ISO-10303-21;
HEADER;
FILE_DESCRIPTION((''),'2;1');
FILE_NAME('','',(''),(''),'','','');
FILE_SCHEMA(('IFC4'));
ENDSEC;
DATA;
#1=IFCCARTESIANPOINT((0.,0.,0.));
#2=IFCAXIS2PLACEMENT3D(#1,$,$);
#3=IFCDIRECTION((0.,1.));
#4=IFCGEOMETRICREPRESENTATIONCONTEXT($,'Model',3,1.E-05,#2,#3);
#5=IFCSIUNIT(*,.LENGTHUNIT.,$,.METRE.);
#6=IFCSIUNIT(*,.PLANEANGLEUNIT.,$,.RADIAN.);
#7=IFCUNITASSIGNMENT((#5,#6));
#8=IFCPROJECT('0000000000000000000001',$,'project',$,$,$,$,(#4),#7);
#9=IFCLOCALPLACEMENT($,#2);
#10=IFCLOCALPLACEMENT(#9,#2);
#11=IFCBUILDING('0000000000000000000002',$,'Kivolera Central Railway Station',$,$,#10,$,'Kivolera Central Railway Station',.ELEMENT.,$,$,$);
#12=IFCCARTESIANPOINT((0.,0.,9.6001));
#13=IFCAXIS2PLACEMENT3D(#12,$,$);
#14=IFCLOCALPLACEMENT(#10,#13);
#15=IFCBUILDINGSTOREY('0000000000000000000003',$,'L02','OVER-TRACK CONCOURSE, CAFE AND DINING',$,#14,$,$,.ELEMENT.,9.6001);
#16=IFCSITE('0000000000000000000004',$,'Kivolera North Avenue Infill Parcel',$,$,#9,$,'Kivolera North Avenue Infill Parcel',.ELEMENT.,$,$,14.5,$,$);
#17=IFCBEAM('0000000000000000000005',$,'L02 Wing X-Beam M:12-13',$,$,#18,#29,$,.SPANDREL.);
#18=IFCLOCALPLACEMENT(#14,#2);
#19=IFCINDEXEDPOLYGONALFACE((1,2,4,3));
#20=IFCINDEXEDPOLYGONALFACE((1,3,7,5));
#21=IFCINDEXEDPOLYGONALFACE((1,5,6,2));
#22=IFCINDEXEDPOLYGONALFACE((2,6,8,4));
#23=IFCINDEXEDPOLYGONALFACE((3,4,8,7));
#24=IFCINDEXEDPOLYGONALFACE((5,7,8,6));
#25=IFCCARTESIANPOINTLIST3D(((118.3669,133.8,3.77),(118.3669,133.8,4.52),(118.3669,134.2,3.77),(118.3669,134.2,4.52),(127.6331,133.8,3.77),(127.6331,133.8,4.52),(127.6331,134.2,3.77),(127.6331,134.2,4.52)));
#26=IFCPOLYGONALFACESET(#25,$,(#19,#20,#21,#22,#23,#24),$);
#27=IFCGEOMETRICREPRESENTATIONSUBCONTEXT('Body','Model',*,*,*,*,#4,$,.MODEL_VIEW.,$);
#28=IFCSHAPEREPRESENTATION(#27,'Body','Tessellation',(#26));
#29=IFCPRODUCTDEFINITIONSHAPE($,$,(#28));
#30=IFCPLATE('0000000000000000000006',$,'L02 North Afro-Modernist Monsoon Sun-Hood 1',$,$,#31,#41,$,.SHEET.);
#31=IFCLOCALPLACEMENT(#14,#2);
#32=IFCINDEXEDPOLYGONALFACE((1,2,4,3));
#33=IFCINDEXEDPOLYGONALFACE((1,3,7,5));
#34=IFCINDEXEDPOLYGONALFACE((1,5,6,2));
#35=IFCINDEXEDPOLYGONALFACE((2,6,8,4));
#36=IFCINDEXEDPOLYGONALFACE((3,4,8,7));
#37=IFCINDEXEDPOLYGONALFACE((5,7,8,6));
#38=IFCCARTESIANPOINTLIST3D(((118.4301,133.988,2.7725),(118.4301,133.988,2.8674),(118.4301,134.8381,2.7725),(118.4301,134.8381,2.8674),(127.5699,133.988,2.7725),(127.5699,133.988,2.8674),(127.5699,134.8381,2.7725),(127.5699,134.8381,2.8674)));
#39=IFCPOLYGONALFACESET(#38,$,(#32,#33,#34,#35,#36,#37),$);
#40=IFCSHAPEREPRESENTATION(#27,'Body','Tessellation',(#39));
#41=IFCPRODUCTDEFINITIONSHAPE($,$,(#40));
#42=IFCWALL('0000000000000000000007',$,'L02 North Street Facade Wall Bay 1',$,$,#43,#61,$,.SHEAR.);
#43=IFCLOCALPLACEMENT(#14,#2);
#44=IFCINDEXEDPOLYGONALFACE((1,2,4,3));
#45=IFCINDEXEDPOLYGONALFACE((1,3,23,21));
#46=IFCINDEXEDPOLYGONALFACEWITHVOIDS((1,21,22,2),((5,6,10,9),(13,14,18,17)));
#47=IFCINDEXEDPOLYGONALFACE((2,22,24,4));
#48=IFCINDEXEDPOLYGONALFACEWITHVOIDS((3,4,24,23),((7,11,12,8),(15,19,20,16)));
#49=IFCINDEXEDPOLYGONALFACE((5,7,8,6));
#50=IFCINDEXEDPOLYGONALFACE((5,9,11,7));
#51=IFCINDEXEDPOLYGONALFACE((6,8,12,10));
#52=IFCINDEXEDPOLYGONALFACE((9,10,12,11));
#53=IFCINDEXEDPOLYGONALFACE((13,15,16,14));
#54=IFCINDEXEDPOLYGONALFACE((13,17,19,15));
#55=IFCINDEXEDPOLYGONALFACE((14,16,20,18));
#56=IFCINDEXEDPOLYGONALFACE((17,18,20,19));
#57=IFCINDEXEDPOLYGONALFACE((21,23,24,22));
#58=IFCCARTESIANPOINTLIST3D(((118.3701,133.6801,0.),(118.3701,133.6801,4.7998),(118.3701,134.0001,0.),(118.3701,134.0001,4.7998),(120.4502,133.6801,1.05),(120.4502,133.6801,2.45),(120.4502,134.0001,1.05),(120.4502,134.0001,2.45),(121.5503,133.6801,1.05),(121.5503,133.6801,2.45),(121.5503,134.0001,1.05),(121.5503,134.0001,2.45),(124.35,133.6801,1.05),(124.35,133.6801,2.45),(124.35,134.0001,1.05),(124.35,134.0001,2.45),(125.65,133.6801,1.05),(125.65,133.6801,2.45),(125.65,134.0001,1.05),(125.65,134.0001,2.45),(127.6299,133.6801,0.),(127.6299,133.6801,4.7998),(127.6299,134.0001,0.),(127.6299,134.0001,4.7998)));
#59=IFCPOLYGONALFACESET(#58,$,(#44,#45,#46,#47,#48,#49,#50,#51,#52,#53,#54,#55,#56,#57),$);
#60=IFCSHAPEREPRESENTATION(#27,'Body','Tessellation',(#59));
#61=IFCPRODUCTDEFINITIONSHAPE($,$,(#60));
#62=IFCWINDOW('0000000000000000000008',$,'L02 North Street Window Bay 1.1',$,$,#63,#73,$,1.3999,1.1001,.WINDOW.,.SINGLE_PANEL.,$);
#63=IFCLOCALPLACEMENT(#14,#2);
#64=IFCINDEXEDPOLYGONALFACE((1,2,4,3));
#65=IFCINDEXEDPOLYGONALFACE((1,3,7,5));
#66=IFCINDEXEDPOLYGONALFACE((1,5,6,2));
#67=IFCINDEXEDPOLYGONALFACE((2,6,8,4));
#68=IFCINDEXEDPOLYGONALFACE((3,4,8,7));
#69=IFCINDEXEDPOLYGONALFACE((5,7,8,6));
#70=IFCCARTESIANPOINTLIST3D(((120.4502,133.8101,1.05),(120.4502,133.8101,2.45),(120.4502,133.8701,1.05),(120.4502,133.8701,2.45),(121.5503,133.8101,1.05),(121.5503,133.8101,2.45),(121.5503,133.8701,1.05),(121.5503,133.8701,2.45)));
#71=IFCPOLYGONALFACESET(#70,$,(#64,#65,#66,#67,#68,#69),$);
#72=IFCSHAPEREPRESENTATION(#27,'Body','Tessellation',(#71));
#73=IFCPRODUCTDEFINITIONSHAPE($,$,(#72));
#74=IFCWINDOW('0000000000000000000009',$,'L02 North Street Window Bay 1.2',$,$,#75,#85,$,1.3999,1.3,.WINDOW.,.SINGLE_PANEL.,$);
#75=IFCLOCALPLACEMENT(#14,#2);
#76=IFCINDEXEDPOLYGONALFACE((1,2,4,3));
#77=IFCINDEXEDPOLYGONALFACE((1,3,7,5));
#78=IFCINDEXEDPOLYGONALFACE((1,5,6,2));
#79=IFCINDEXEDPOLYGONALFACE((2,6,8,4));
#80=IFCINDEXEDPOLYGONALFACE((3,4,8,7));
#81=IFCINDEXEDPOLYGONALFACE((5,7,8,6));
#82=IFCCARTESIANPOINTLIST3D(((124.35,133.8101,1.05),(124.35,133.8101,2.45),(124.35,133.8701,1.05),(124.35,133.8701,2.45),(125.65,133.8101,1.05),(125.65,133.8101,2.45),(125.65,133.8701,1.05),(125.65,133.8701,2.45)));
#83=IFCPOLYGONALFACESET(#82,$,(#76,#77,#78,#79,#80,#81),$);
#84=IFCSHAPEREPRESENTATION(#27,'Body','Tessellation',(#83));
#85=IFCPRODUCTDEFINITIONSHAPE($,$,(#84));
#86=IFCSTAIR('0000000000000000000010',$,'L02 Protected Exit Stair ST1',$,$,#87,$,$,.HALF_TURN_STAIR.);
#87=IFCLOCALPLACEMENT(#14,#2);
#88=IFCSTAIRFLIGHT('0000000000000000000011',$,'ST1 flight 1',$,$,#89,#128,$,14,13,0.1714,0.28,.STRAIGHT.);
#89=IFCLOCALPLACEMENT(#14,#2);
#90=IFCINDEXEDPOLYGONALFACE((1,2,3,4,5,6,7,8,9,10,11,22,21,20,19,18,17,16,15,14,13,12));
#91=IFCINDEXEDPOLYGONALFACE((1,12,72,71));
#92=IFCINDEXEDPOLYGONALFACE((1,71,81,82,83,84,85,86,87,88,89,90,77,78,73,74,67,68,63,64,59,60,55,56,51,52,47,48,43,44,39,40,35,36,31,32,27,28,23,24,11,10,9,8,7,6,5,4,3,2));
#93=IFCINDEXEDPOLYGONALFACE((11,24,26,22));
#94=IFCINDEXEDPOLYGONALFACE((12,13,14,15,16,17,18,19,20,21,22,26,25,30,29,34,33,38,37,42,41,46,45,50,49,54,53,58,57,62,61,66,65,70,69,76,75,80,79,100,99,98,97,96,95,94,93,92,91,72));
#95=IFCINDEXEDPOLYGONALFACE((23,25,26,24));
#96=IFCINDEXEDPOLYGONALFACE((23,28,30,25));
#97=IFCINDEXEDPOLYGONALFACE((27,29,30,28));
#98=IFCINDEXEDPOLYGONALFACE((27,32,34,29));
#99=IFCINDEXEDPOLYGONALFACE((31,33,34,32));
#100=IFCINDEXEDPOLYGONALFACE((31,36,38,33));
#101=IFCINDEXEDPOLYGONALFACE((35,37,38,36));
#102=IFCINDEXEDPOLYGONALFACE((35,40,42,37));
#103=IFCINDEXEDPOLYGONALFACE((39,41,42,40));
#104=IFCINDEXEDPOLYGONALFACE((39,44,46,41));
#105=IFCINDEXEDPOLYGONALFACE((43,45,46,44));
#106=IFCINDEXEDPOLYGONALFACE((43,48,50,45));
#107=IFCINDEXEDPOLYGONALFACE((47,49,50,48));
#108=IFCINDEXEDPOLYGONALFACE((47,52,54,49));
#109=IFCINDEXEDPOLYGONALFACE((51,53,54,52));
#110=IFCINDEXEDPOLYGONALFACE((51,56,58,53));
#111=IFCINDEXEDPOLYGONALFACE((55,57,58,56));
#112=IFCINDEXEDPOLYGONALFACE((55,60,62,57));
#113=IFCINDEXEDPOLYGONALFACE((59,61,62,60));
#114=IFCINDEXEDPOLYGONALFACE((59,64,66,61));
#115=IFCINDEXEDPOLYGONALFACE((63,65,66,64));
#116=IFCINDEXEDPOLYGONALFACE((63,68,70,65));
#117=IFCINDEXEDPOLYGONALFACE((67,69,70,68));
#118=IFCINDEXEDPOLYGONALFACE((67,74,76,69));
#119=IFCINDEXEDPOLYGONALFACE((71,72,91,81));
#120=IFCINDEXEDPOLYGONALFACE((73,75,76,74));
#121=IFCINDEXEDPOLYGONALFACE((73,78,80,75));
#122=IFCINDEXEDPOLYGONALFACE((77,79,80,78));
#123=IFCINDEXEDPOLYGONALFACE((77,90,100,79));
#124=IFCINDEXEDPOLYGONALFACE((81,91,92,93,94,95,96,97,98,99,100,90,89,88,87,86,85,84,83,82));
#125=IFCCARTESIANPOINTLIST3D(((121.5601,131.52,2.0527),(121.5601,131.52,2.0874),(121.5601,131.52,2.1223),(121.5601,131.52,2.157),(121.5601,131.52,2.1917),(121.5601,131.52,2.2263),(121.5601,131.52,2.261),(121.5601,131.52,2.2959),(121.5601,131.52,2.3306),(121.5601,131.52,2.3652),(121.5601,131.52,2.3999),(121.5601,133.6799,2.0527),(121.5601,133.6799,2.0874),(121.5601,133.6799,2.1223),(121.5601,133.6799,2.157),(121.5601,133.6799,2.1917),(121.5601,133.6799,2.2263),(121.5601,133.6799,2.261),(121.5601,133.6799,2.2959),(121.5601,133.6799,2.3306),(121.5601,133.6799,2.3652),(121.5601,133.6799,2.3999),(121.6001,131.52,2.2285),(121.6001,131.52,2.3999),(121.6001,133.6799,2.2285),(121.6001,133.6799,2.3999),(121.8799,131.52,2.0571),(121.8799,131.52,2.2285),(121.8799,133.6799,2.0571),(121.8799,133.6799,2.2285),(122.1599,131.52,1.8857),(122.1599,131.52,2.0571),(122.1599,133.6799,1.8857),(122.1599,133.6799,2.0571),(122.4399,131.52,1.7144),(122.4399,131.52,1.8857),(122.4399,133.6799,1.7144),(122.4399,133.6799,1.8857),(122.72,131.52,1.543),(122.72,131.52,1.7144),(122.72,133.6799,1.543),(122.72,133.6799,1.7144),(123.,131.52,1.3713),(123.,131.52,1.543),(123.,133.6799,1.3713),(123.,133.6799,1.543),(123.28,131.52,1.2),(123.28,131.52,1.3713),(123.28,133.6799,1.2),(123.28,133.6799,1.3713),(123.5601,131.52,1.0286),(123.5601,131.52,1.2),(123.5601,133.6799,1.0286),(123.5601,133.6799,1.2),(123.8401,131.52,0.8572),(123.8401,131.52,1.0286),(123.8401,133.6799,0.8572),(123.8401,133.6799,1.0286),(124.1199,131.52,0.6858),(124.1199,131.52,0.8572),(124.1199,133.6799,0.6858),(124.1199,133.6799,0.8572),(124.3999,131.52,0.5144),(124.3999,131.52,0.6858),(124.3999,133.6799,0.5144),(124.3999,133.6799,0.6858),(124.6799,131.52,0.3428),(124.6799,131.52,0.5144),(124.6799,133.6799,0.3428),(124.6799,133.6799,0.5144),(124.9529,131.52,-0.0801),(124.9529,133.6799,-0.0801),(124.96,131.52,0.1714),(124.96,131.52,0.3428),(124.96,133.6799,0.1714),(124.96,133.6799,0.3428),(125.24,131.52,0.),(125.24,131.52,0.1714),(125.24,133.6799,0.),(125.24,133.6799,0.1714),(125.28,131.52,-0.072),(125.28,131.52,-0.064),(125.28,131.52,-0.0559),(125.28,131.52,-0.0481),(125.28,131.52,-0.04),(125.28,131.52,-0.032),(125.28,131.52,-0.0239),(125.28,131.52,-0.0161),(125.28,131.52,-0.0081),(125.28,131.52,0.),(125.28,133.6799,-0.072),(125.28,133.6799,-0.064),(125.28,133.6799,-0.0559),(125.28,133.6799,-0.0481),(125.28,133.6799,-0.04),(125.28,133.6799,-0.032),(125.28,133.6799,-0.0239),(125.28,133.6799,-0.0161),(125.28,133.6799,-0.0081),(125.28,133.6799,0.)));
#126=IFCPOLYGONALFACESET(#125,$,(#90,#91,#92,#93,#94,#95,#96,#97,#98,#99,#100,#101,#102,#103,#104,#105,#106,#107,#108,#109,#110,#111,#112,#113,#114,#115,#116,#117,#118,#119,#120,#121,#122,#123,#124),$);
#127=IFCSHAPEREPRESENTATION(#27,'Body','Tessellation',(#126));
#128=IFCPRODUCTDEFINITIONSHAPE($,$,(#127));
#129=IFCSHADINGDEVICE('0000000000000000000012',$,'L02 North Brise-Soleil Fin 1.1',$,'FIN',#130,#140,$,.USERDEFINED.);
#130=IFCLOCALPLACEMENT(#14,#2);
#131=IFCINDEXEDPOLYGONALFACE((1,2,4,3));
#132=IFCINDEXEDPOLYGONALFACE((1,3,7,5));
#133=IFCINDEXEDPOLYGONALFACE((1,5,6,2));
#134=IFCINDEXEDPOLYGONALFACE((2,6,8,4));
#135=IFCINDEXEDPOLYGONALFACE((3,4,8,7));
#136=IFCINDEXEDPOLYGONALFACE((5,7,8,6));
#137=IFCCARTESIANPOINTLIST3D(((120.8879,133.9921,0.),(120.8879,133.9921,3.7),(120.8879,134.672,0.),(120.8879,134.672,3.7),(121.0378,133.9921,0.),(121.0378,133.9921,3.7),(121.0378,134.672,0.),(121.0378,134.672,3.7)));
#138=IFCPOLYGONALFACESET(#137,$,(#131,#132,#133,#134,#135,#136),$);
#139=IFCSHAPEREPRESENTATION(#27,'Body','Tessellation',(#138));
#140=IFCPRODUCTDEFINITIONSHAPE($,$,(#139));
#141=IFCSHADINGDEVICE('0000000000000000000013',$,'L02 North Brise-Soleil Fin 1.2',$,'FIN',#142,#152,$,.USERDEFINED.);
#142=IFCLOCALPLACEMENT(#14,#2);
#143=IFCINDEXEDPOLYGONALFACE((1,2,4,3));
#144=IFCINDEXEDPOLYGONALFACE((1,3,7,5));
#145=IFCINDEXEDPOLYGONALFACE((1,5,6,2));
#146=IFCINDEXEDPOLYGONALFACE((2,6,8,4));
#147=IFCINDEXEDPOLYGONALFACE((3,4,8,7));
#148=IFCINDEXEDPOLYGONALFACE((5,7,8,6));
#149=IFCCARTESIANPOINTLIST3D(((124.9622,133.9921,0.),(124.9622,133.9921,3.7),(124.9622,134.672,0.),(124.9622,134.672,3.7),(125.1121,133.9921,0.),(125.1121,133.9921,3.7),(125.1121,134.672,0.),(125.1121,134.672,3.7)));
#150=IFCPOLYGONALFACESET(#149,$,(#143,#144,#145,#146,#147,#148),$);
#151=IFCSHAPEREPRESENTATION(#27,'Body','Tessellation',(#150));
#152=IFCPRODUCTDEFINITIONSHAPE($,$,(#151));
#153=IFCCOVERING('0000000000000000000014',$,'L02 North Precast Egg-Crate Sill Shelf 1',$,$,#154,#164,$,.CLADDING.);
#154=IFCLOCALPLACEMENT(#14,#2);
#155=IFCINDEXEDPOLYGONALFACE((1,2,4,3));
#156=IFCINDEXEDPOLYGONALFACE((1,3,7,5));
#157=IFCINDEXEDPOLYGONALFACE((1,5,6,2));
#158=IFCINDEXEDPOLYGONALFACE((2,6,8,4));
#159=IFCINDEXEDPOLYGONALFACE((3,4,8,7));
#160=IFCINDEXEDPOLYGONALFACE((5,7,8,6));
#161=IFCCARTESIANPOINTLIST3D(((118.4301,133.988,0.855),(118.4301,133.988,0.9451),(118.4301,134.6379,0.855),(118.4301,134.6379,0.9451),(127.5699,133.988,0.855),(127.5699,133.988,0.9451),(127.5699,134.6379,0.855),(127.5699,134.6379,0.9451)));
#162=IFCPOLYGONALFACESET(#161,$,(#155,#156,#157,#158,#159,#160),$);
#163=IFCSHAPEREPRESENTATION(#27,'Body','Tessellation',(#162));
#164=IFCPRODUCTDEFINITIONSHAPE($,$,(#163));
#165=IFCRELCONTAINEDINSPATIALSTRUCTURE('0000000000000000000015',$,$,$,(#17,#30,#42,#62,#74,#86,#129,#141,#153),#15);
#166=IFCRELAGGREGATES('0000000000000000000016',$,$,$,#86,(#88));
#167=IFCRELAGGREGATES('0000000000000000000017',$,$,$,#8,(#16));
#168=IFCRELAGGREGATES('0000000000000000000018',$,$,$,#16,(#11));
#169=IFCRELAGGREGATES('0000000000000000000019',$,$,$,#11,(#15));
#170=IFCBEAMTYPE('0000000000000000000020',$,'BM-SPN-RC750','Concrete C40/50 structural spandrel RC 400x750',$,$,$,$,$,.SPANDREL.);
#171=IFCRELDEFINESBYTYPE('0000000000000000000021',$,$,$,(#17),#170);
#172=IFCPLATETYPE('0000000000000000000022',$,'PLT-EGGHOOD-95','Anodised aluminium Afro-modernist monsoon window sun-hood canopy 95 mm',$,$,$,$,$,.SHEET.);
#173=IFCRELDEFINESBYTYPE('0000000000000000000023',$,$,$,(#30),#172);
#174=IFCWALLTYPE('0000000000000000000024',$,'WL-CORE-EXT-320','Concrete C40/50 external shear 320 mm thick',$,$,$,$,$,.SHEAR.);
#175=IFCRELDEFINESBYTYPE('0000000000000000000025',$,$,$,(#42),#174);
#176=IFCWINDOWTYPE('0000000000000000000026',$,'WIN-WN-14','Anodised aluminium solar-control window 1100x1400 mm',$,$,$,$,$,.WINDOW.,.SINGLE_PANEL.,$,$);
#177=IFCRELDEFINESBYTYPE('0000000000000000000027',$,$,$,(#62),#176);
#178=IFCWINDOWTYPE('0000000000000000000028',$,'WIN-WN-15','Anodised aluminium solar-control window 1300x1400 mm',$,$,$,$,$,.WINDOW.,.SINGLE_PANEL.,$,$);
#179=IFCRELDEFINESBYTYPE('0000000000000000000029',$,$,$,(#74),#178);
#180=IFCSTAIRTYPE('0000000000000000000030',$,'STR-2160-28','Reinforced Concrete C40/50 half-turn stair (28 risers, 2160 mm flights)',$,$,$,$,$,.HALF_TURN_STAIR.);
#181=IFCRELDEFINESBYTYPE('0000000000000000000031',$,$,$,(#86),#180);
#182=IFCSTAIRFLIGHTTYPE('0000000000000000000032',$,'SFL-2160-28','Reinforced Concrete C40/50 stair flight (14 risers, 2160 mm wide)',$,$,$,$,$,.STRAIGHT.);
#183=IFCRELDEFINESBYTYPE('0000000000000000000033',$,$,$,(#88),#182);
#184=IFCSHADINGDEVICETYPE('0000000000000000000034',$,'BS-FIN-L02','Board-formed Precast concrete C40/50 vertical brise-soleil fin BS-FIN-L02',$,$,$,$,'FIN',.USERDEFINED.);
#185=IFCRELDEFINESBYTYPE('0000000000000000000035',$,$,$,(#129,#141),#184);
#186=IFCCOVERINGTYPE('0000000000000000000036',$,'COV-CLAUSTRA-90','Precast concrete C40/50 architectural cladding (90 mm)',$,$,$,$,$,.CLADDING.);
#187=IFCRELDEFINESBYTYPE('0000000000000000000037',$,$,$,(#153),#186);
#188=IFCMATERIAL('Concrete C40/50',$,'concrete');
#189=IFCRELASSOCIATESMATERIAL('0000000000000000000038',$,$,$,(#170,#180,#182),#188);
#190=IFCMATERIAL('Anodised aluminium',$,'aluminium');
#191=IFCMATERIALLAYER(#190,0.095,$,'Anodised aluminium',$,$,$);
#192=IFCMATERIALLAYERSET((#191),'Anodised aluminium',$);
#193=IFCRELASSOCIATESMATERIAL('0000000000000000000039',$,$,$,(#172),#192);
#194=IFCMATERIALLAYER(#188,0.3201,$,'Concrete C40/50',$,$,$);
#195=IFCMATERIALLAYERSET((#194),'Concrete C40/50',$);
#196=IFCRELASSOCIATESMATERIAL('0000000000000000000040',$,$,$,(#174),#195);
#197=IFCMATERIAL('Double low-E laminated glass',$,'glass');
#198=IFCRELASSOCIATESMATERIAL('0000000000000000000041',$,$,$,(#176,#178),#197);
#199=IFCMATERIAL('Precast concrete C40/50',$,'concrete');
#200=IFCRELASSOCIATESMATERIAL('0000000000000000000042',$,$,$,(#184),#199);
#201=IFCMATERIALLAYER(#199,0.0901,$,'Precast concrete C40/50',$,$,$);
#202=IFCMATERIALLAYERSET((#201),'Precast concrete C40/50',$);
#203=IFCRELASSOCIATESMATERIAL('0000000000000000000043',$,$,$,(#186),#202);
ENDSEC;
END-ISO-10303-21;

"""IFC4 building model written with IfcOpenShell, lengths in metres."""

from ifc_helpers import new_model, si_unit, direction, frame, frame_2d, origin, origin_2d, place, context, subcontext, project, spatial, polyline, rectangle, outline, extrude, material, layer, layer_set, material_profile, profile_set, type_object, element, fill, aggregate, save


model = new_model("IFC4")

# Units and contexts
model_context = context("Model", 3, precision=1e-05, world=origin(), true_north=direction((0.0, 1.0)))
body_context = subcontext(model_context, "Body", "Model", "MODEL_VIEW")
ifc_project = project(units=[si_unit("LENGTHUNIT", "METRE"), si_unit("PLANEANGLEUNIT", "RADIAN")], contexts=[model_context])

# Site, building, storey
site_placement = place(None, origin())
site = spatial("IfcSite", under=ifc_project, at=site_placement, Name="Kivolera North Avenue Infill Parcel", LongName="Kivolera North Avenue Infill Parcel", CompositionType="ELEMENT", RefElevation=14.5)
building_placement = place(site_placement, origin())
building = spatial("IfcBuilding", under=site, at=building_placement, Name="Kivolera Central Railway Station", LongName="Kivolera Central Railway Station", CompositionType="ELEMENT")
storey_placement = place(building_placement, frame((0.0, 0.0, 9.6001)))
storey = spatial("IfcBuildingStorey", under=building, at=storey_placement, Name="L02", Description="OVER-TRACK CONCOURSE, CAFE AND DINING", CompositionType="ELEMENT", Elevation=9.6001)

# Beam
ifc_material_1 = material(Name="Concrete C40/50", Category="concrete")
ifc_material_profile = material_profile(ifc_material_1, rectangle(XDim=0.3999, YDim=0.75, at=origin_2d()), Name="RC 400x750")
ifc_profile_set = profile_set([ifc_material_profile], Name="Concrete C40/50")
beam_type = type_object("IfcBeamType", Name="BM-SPN-RC750", Description="Concrete C40/50 structural spandrel RC 400x750", PredefinedType="SPANDREL", material=ifc_profile_set)
beam_placement = place(storey_placement, frame((118.3669, 134.0, 4.145), z_axis=(1.0, 0.0, 0.0), x_axis=(0.0, 1.0, 0.0)))
element("IfcBeam", 1, at=beam_placement, inside=storey, type_object=beam_type, Name="L02 Wing X-Beam M:12-13", PredefinedType="SPANDREL", context=body_context, shape_type="SweptSolid", body=[
    extrude(rectangle(XDim=0.3999, YDim=0.75, at=origin_2d()), origin(), (0.0, 0.0, 1.0), 9.2661),
])

# Plate
ifc_material_2 = material(Name="Anodised aluminium", Category="aluminium")
ifc_layer_1 = layer(ifc_material_2, 0.095, Name="Anodised aluminium")
ifc_layer_set_1 = layer_set([ifc_layer_1], Name="Anodised aluminium")
plate_type = type_object("IfcPlateType", Name="PLT-EGGHOOD-95", Description="Anodised aluminium Afro-modernist monsoon window sun-hood canopy 95 mm", PredefinedType="SHEET", material=ifc_layer_set_1)
plate_placement = place(storey_placement, frame((123.0, 134.4131, 2.7725), z_axis=(0.0, 0.0, 1.0), x_axis=(1.0, 0.0, 0.0)))
element("IfcPlate", 2, at=plate_placement, inside=storey, type_object=plate_type, Name="L02 North Afro-Modernist Monsoon Sun-Hood 1", PredefinedType="SHEET", context=body_context, shape_type="SweptSolid", body=[
    extrude(rectangle(XDim=9.1399, YDim=0.8501, at=origin_2d()), origin(), (0.0, 0.0, 1.0), 0.095),
])

# Wall, openings, windows
ifc_layer_2 = layer(ifc_material_1, 0.3201, Name="Concrete C40/50")
ifc_layer_set_2 = layer_set([ifc_layer_2], Name="Concrete C40/50")
wall_type_1 = type_object("IfcWallType", Name="WL-CORE-EXT-320", Description="Concrete C40/50 external shear 320 mm thick", PredefinedType="SHEAR", material=ifc_layer_set_2)
wall_1_placement = place(storey_placement, frame((118.3701, 133.8401, 0.0), z_axis=(0.0, 0.0, 1.0), x_axis=(1.0, 0.0, 0.0)))
wall_1 = element("IfcWall", 3, at=wall_1_placement, inside=storey, type_object=wall_type_1, Name="L02 North Street Facade Wall Bay 1", PredefinedType="SHEAR", context=body_context, shape_type="SweptSolid", body=[
    extrude(rectangle(XDim=9.2598, YDim=0.3201, at=frame_2d((4.6299, 0.0))), origin(), (0.0, 0.0, 1.0), 4.7998),
])
opening_1_placement = place(wall_1_placement, frame((2.0801, 0.0, 1.05)))
opening_1 = element("IfcOpeningElement", 4, at=opening_1_placement, cuts=wall_1, PredefinedType="OPENING", context=body_context, shape_type="SweptSolid", body=[
    extrude(rectangle(XDim=1.1001, YDim=1.3999, at=frame_2d((0.55, 0.7))), frame((0.0, 0.1699, 0.0), z_axis=(0.0, -1.0, 0.0), x_axis=(1.0, 0.0, 0.0)), (0.0, 0.0, 1.0), 0.3401),
])
opening_2_placement = place(wall_1_placement, frame((5.98, 0.0, 1.05)))
opening_2 = element("IfcOpeningElement", 5, at=opening_2_placement, cuts=wall_1, PredefinedType="OPENING", context=body_context, shape_type="SweptSolid", body=[
    extrude(rectangle(XDim=1.3, YDim=1.3999, at=frame_2d((0.6499, 0.7))), frame((0.0, 0.1699, 0.0), z_axis=(0.0, -1.0, 0.0), x_axis=(1.0, 0.0, 0.0)), (0.0, 0.0, 1.0), 0.3401),
])
ifc_material_3 = material(Name="Double low-E laminated glass", Category="glass")
window_type_1 = type_object("IfcWindowType", Name="WIN-WN-14", Description="Anodised aluminium solar-control window 1100x1400 mm", PartitioningType="SINGLE_PANEL", PredefinedType="WINDOW", material=ifc_material_3)
window_1_placement = place(opening_1_placement, origin())
window_1 = element("IfcWindow", 6, at=window_1_placement, inside=storey, type_object=window_type_1, Name="L02 North Street Window Bay 1.1", OverallHeight=1.3999, OverallWidth=1.1001, PartitioningType="SINGLE_PANEL", PredefinedType="WINDOW", context=body_context, shape_type="SweptSolid", body=[
    extrude(rectangle(XDim=1.1001, YDim=1.3999, at=frame_2d((0.55, 0.7))), frame((0.0, 0.03, 0.0), z_axis=(0.0, -1.0, 0.0), x_axis=(1.0, 0.0, 0.0)), (0.0, 0.0, 1.0), 0.0601),
])
fill(opening_1, window_1)
window_type_2 = type_object("IfcWindowType", Name="WIN-WN-15", Description="Anodised aluminium solar-control window 1300x1400 mm", PartitioningType="SINGLE_PANEL", PredefinedType="WINDOW", material=ifc_material_3)
window_2_placement = place(opening_2_placement, origin())
window_2 = element("IfcWindow", 7, at=window_2_placement, inside=storey, type_object=window_type_2, Name="L02 North Street Window Bay 1.2", OverallHeight=1.3999, OverallWidth=1.3, PartitioningType="SINGLE_PANEL", PredefinedType="WINDOW", context=body_context, shape_type="SweptSolid", body=[
    extrude(rectangle(XDim=1.3, YDim=1.3999, at=frame_2d((0.6499, 0.7))), frame((0.0, 0.03, 0.0), z_axis=(0.0, -1.0, 0.0), x_axis=(1.0, 0.0, 0.0)), (0.0, 0.0, 1.0), 0.0601),
])
fill(opening_2, window_2)

# Stair, stair flight
stair_type = type_object("IfcStairType", Name="STR-2160-28", Description="Reinforced Concrete C40/50 half-turn stair (28 risers, 2160 mm flights)", PredefinedType="HALF_TURN_STAIR", material=ifc_material_1)
stair_placement = place(storey_placement, origin())
stair = element("IfcStair", 8, at=stair_placement, inside=storey, type_object=stair_type, Name="L02 Protected Exit Stair ST1", PredefinedType="HALF_TURN_STAIR")
stair_flight_type = type_object("IfcStairFlightType", Name="SFL-2160-28", Description="Reinforced Concrete C40/50 stair flight (14 risers, 2160 mm wide)", PredefinedType="STRAIGHT", material=ifc_material_1)
stair_flight_placement = place(storey_placement, frame((125.24, 132.6001, 0.0), z_axis=(0.0, 0.0, 1.0), x_axis=(-1.0, 0.0, 0.0)))
stair_flight = element("IfcStairFlight", 9, at=stair_flight_placement, type_object=stair_flight_type, Name="ST1 flight 1", NumberOfRisers=14, NumberOfTreads=13, PredefinedType="STRAIGHT", RiserHeight=0.1714, TreadLength=0.28, context=body_context, shape_type="SweptSolid", body=[
    extrude(outline(polyline([(-0.04, 0.0), (0.0, 0.0), (0.0, 0.1714), (0.28, 0.1714), (0.28, 0.3428), (0.5601, 0.3428), (0.5601, 0.5144), (0.8401, 0.5144), (0.8401, 0.6858), (1.1201, 0.6858), (1.1201, 0.8572), (1.3999, 0.8572), (1.3999, 1.0286), (1.6799, 1.0286), (1.6799, 1.2), (1.96, 1.2), (1.96, 1.3713), (2.24, 1.3713), (2.24, 1.543), (2.52, 1.543), (2.52, 1.7144), (2.8, 1.7144), (2.8, 1.8857), (3.0801, 1.8857), (3.0801, 2.0571), (3.3601, 2.0571), (3.3601, 2.2285), (3.6399, 2.2285), (3.6399, 2.3999), (3.6799, 2.3999), (3.6799, 2.3652), (3.6799, 2.3306), (3.6799, 2.2959), (3.6799, 2.261), (3.6799, 2.2263), (3.6799, 2.1917), (3.6799, 2.157), (3.6799, 2.1223), (3.6799, 2.0874), (3.6799, 2.0527), (0.2871, -0.0801), (-0.04, -0.072), (-0.04, -0.064), (-0.04, -0.0559), (-0.04, -0.0481), (-0.04, -0.04), (-0.04, -0.032), (-0.04, -0.0239), (-0.04, -0.0161), (-0.04, -0.0081), (-0.04, 0.0)])), frame((0.0, 1.0801, 0.0), z_axis=(0.0, -1.0, 0.0), x_axis=(1.0, 0.0, 0.0)), (0.0, 0.0, 1.0), 2.1599),
])
aggregate(stair, [stair_flight])

# Shading devices
ifc_material_4 = material(Name="Precast concrete C40/50", Category="concrete")
shading_device_type = type_object("IfcShadingDeviceType", Name="BS-FIN-L02", Description="Board-formed Precast concrete C40/50 vertical brise-soleil fin BS-FIN-L02", ElementType="FIN", PredefinedType="USERDEFINED", material=ifc_material_4)
for number, where, z_axis, x_axis, name in (
    (10, (120.9629, 134.332, 0.0), (0.0, 0.0, 1.0), (1.0, 0.0, 0.0), "L02 North Brise-Soleil Fin 1.1"),
    (11, (125.0371, 134.332, 0.0), (0.0, 0.0, 1.0), (1.0, 0.0, 0.0), "L02 North Brise-Soleil Fin 1.2"),
):
    element("IfcShadingDevice", number, at=place(storey_placement, frame(where, z_axis=z_axis, x_axis=x_axis)), inside=storey, type_object=shading_device_type, Name=name, ObjectType="FIN", PredefinedType="USERDEFINED", context=body_context, shape_type="SweptSolid", body=[
        extrude(rectangle(XDim=0.1499, YDim=0.6799, at=origin_2d()), origin(), (0.0, 0.0, 1.0), 3.7),
    ])

# Covering
ifc_layer_3 = layer(ifc_material_4, 0.0901, Name="Precast concrete C40/50")
ifc_layer_set_3 = layer_set([ifc_layer_3], Name="Precast concrete C40/50")
covering_type_1 = type_object("IfcCoveringType", Name="COV-CLAUSTRA-90", Description="Precast concrete C40/50 architectural cladding (90 mm)", PredefinedType="CLADDING", material=ifc_layer_set_3)
covering_1_placement = place(storey_placement, frame((123.0, 134.313, 0.855), z_axis=(0.0, 0.0, 1.0), x_axis=(1.0, 0.0, 0.0)))
element("IfcCovering", 12, at=covering_1_placement, inside=storey, type_object=covering_type_1, Name="L02 North Precast Egg-Crate Sill Shelf 1", PredefinedType="CLADDING", context=body_context, shape_type="SweptSolid", body=[
    extrude(rectangle(XDim=9.1399, YDim=0.6499, at=origin_2d()), origin(), (0.0, 0.0, 1.0), 0.0901),
])

save(model, "model.ifc")
